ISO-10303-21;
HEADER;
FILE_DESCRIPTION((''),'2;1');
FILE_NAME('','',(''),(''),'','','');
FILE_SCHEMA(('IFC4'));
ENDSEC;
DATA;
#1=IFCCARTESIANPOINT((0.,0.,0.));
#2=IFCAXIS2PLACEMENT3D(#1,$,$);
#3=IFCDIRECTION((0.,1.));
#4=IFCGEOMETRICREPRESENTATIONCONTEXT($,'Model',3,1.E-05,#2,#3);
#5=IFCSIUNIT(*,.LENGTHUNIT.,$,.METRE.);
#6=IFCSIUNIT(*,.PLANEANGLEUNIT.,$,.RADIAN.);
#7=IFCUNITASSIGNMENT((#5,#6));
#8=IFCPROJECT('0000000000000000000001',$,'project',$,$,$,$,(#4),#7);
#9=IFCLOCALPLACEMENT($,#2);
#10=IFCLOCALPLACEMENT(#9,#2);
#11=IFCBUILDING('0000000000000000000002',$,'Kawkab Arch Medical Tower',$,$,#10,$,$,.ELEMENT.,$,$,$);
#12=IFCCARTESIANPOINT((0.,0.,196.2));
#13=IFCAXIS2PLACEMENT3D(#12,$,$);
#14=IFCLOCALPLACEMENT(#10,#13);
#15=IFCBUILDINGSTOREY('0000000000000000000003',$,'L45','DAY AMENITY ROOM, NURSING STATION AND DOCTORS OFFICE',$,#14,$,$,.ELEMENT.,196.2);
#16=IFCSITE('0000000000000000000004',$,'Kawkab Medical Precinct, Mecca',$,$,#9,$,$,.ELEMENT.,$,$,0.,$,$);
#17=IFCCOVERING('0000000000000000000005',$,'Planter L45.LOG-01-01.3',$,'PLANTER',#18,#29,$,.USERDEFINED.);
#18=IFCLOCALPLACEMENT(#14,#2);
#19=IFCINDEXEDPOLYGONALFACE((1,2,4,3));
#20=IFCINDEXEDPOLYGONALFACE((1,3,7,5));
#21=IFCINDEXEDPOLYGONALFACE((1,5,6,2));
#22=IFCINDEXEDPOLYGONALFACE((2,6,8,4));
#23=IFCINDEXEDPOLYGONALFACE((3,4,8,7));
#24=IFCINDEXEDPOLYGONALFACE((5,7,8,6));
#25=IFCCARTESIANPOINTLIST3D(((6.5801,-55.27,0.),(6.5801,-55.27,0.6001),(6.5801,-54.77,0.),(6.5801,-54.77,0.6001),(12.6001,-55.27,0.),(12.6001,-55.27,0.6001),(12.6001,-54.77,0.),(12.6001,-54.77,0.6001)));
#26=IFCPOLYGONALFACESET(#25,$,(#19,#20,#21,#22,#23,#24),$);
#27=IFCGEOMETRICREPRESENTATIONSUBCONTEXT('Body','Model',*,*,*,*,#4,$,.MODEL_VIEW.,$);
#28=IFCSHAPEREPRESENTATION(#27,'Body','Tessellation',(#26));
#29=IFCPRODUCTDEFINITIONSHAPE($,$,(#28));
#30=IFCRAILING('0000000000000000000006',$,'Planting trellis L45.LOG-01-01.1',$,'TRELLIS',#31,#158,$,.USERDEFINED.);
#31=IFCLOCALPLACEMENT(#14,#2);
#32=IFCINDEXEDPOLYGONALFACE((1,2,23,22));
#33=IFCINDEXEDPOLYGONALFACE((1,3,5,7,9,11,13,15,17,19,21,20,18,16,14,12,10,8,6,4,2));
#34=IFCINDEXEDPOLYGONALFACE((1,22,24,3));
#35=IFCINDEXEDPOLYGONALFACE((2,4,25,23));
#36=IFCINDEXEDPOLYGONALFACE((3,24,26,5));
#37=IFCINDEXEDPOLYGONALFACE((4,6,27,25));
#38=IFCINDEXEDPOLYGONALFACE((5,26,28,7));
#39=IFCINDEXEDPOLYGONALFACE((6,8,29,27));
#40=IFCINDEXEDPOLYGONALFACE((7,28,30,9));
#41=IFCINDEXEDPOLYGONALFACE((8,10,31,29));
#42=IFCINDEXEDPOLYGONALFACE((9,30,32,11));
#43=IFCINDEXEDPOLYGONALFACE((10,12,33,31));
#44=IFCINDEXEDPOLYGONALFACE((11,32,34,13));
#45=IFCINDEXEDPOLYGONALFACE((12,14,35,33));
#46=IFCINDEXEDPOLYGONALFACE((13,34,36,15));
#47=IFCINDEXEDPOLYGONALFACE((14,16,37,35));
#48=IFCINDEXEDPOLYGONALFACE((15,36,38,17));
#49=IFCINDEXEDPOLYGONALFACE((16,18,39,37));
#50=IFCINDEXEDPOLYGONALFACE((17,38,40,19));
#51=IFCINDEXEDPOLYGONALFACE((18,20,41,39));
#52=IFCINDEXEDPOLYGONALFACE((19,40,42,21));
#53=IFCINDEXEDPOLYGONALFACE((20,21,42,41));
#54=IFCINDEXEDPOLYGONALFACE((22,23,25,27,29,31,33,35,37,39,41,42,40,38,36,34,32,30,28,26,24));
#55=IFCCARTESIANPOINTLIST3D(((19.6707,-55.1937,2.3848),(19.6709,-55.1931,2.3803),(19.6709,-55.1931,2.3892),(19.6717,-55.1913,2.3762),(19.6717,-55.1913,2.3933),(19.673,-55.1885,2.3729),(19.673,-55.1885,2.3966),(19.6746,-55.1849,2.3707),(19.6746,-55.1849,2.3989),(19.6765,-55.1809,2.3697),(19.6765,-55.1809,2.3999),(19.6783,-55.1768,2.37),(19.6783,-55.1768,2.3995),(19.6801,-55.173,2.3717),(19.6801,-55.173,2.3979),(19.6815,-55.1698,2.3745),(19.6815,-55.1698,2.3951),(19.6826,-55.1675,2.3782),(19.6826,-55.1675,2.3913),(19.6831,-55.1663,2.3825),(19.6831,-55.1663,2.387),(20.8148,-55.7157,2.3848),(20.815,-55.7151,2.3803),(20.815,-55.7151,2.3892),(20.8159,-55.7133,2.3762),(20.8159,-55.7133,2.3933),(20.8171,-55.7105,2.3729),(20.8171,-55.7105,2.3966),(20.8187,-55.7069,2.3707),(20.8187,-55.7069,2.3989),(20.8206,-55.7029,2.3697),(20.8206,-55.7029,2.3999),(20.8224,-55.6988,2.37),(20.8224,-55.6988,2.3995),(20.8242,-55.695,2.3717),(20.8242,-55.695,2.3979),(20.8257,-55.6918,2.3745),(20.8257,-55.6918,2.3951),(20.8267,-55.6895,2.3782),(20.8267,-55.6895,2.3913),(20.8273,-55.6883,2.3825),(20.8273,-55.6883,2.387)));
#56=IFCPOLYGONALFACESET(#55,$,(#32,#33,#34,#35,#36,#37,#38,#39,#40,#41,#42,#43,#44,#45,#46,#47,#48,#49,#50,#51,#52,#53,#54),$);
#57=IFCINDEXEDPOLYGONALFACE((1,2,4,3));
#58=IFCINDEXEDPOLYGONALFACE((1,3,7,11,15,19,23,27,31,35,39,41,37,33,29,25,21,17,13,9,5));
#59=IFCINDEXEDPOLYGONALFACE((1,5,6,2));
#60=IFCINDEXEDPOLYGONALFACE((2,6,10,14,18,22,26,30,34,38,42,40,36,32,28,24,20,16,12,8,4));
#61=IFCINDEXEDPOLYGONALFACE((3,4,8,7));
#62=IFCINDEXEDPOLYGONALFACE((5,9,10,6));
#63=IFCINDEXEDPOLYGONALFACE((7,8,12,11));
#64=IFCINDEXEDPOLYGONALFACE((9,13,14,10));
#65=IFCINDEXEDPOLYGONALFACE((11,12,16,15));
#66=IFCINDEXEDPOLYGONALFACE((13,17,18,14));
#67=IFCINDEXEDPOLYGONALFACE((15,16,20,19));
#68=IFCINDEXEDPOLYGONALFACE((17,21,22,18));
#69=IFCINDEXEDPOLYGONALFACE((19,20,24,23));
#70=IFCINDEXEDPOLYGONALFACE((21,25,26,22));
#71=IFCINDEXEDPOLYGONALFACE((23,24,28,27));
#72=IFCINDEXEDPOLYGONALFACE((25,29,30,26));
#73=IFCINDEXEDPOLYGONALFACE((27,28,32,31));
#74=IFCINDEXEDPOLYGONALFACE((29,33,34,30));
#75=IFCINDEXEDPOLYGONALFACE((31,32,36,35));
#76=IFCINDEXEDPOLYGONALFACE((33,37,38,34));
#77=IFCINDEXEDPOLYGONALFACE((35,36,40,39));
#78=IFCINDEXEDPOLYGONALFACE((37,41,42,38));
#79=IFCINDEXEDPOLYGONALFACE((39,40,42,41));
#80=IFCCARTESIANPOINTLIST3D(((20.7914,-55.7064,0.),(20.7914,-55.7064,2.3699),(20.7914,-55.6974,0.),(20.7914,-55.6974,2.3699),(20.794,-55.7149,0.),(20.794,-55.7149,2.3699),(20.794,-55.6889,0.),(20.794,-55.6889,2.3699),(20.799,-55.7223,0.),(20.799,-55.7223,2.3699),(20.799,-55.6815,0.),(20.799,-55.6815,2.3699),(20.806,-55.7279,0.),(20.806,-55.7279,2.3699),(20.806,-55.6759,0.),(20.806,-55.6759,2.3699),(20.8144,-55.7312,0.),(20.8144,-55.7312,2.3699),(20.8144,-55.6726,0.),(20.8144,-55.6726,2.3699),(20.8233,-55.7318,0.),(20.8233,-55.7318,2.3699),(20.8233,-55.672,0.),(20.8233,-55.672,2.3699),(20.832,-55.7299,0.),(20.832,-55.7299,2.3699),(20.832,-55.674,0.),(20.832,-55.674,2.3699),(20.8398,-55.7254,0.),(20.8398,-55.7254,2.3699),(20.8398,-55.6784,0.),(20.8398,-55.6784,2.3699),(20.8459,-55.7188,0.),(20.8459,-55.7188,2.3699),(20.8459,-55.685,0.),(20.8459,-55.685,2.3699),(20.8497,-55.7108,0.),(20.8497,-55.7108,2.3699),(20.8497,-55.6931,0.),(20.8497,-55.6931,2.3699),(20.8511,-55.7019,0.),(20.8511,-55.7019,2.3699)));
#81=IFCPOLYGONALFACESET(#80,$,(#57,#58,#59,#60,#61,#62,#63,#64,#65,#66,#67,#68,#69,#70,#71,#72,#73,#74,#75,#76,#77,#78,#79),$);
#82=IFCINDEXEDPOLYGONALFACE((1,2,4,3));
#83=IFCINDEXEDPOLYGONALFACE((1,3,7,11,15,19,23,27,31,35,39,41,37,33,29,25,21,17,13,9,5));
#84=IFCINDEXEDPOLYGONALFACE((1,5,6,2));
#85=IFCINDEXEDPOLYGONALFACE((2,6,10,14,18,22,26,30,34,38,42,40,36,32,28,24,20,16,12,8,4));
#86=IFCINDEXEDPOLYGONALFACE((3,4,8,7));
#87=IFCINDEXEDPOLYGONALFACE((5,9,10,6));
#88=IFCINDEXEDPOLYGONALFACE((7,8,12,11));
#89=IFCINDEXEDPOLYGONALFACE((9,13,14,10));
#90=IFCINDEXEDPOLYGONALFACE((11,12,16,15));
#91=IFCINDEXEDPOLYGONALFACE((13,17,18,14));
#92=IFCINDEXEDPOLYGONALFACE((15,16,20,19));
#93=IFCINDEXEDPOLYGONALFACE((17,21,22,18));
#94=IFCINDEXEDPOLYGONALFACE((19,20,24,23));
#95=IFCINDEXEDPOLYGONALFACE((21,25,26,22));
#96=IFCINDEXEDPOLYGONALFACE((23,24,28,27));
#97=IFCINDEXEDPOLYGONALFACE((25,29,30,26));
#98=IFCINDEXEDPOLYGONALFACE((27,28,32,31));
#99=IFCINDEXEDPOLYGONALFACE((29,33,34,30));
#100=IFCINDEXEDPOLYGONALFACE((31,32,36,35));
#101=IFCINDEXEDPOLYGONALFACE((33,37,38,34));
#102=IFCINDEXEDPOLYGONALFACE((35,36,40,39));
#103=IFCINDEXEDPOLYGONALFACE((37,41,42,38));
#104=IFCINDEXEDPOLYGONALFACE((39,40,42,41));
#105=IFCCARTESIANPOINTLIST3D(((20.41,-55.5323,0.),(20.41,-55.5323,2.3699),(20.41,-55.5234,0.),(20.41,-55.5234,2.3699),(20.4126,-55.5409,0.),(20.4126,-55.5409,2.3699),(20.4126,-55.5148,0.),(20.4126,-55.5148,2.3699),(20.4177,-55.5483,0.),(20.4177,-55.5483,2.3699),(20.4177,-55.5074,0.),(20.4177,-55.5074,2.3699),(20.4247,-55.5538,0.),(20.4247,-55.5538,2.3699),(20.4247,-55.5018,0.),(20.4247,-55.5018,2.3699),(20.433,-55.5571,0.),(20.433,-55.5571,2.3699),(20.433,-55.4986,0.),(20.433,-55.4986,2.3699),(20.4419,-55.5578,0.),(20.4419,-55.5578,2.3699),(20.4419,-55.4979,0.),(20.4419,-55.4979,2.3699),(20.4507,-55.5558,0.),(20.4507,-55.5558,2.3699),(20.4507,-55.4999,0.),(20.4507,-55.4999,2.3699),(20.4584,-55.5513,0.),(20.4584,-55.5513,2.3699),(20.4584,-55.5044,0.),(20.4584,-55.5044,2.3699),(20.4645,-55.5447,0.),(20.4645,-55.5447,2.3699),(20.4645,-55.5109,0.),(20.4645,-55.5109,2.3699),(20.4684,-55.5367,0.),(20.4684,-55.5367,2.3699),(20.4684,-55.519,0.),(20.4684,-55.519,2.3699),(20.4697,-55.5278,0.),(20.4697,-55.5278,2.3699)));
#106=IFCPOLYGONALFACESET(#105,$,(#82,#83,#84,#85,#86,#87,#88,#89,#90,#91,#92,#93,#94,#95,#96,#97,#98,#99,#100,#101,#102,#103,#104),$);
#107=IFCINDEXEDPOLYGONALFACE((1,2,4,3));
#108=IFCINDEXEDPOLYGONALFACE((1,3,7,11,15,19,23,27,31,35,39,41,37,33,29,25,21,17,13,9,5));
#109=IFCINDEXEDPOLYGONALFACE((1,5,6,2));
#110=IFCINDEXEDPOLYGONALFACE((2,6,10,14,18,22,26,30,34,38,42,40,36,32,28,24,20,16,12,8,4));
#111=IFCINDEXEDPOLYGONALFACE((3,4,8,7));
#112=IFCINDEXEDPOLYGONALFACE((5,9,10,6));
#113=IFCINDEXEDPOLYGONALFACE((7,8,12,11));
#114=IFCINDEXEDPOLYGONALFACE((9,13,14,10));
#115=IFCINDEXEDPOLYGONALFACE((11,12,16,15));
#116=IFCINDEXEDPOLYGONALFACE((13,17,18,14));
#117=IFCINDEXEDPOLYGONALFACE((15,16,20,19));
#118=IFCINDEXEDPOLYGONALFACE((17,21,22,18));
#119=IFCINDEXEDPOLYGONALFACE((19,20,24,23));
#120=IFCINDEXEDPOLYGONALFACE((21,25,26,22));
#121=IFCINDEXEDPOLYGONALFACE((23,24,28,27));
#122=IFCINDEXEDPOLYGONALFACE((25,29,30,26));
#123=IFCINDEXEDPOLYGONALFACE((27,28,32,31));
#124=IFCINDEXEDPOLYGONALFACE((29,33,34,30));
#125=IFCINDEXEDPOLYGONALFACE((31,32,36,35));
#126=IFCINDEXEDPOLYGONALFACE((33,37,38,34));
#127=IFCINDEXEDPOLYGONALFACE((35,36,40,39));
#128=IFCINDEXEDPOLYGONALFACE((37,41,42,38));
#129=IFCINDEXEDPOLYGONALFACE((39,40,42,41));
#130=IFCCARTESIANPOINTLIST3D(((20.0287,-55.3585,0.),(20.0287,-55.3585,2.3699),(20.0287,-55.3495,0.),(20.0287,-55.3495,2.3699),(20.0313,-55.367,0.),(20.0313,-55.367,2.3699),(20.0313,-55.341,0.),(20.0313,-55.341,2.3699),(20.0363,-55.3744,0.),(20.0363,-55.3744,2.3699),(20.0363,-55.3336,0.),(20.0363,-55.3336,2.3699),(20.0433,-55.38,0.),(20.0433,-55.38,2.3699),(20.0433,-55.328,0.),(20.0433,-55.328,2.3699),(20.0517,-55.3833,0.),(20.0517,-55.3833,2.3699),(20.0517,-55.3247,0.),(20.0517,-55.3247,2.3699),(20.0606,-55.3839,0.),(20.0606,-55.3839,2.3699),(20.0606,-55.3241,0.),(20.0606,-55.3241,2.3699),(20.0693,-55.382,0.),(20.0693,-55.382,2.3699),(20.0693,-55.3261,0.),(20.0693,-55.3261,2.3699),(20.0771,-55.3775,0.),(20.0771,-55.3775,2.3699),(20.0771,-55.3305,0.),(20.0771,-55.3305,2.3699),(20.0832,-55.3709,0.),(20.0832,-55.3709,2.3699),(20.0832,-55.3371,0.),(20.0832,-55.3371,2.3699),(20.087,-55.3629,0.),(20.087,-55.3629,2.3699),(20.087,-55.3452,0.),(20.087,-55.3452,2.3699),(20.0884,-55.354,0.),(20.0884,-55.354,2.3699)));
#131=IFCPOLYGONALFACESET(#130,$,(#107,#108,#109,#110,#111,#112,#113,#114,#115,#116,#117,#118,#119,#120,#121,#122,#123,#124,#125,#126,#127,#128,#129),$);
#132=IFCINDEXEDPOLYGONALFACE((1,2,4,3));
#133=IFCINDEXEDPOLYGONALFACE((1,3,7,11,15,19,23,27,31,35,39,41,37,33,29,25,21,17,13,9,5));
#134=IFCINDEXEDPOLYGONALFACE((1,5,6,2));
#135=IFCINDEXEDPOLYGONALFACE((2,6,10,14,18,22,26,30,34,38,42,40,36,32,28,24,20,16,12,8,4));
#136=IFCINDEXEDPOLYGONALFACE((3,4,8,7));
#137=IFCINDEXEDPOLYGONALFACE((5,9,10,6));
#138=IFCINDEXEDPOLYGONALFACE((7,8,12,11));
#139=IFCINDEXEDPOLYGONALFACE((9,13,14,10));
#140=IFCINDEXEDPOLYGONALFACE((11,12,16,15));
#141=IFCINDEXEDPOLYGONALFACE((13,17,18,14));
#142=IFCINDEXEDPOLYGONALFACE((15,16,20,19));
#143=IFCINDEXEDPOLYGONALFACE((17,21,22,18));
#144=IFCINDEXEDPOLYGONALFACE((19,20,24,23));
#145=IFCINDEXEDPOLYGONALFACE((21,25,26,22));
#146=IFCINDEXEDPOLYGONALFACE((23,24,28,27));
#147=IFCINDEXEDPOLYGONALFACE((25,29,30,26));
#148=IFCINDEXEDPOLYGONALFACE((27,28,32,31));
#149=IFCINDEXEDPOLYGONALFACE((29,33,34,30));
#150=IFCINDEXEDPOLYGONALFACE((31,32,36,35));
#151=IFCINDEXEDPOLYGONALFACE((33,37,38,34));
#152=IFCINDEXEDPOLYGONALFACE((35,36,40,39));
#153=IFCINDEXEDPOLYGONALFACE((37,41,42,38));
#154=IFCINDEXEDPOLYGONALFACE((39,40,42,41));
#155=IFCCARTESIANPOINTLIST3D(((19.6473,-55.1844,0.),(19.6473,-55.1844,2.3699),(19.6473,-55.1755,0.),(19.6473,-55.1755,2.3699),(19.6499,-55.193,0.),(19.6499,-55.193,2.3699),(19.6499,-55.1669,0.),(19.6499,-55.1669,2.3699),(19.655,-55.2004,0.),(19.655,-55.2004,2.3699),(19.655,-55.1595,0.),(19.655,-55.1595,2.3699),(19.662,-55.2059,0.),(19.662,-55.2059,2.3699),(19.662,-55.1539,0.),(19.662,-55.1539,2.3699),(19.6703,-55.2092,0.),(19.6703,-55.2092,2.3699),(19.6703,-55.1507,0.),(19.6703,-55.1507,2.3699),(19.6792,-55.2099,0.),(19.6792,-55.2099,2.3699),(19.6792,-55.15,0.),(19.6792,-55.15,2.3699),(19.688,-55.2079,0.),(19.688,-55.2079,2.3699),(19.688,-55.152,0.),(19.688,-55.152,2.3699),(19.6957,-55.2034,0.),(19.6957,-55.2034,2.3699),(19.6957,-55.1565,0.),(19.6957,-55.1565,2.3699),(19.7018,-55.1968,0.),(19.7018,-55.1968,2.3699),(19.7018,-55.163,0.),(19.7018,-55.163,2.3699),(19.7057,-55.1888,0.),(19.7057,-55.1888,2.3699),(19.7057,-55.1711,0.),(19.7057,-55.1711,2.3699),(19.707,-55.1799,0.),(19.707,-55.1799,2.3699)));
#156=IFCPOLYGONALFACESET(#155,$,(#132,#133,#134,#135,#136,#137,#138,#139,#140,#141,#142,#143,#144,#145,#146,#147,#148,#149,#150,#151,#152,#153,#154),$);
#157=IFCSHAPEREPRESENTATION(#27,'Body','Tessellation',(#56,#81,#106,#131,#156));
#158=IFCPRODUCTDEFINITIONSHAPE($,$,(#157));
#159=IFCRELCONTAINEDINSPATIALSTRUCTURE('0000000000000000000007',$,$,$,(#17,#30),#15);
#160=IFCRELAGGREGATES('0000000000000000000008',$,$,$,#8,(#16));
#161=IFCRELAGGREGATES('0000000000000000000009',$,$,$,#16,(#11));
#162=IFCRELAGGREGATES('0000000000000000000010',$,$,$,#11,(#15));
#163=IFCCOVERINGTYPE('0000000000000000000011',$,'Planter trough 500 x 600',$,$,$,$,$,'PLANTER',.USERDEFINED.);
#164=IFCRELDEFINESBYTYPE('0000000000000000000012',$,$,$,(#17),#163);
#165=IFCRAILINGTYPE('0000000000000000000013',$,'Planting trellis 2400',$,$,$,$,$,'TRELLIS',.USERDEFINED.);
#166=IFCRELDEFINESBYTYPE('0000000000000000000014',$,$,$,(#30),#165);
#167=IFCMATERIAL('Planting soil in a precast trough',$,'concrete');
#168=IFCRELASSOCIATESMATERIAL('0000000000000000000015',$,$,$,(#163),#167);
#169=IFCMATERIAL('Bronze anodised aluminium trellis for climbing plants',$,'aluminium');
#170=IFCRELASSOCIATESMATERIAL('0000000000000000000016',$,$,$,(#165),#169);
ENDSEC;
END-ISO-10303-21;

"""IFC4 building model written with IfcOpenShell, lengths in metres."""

from ifc_helpers import new_model, si_unit, direction, frame, origin, origin_2d, place, context, subcontext, project, spatial, rectangle, circle, extrude, material, material_profile, profile_set, type_object, element, save


model = new_model("IFC4")

# Units and contexts
model_context = context("Model", 3, precision=1e-05, world=origin(), true_north=direction((0.0, 1.0)))
body_context = subcontext(model_context, "Body", "Model", "MODEL_VIEW")
ifc_project = project(units=[si_unit("LENGTHUNIT", "METRE"), si_unit("PLANEANGLEUNIT", "RADIAN")], contexts=[model_context])

# Site, building, storey
site_placement = place(None, origin())
site = spatial("IfcSite", under=ifc_project, at=site_placement, Name="Kawkab Medical Precinct, Mecca", CompositionType="ELEMENT", RefElevation=0.0)
building_placement = place(site_placement, origin())
building = spatial("IfcBuilding", under=site, at=building_placement, Name="Kawkab Arch Medical Tower", CompositionType="ELEMENT")
storey_placement = place(building_placement, frame((0.0, 0.0, 196.2)))
storey = spatial("IfcBuildingStorey", under=building, at=storey_placement, Name="L45", Description="DAY AMENITY ROOM, NURSING STATION AND DOCTORS OFFICE", CompositionType="ELEMENT", Elevation=196.2)

# Covering
ifc_material_1 = material(Name="Planting soil in a precast trough", Category="concrete")
ifc_material_profile_1 = material_profile(ifc_material_1, rectangle(XDim=0.5, YDim=0.6001, at=origin_2d()), Name="Trough 500x600")
ifc_profile_set_1 = profile_set([ifc_material_profile_1], Name="Planting soil in a precast trough")
covering_type_1 = type_object("IfcCoveringType", Name="Planter trough 500 x 600", ElementType="PLANTER", PredefinedType="USERDEFINED", material=ifc_profile_set_1)
for number, where, z_axis, x_axis, name in (
    (1, (12.6001, -55.02, 0.3), (-1.0, 0.0, 0.0), (0.0, -1.0, 0.0), "Planter L45.LOG-01-01.3"),
):
    element("IfcCovering", number, at=place(storey_placement, frame(where, z_axis=z_axis, x_axis=x_axis)), inside=storey, type_object=covering_type_1, Name=name, ObjectType="PLANTER", PredefinedType="USERDEFINED", context=body_context, shape_type="SweptSolid", body=[
        extrude(rectangle(XDim=0.5, YDim=0.6001, at=origin_2d()), origin(), (0.0, 0.0, 1.0), 6.02),
    ])

# Railing
ifc_material_2 = material(Name="Bronze anodised aluminium trellis for climbing plants", Category="aluminium")
railing_type_1 = type_object("IfcRailingType", Name="Planting trellis 2400", ElementType="TRELLIS", PredefinedType="USERDEFINED", material=ifc_material_2)
railing_1_placement = place(storey_placement, frame((20.821, -55.7019, 0.0)))
element("IfcRailing", 2, at=railing_1_placement, inside=storey, type_object=railing_type_1, Name="Planting trellis L45.LOG-01-01.1", ObjectType="TRELLIS", PredefinedType="USERDEFINED", context=body_context, shape_type="SweptSolid", body=[
    extrude(circle(Radius=0.0151, at=origin_2d()), frame((0.0, 0.0, 2.3848), z_axis=(-0.90978, 0.41509, 0.0), x_axis=(-0.41509, -0.90978, 0.0)), (0.0, 0.0, 1.0), 1.2576),
    extrude(circle(Radius=0.03, at=origin_2d()), origin(), (0.0, 0.0, 1.0), 2.3699),
    extrude(circle(Radius=0.03, at=origin_2d()), frame((-0.3813, 0.1741, 0.0)), (0.0, 0.0, 1.0), 2.3699),
    extrude(circle(Radius=0.03, at=origin_2d()), frame((-0.7627, 0.3479, 0.0)), (0.0, 0.0, 1.0), 2.3699),
    extrude(circle(Radius=0.03, at=origin_2d()), frame((-1.144, 0.522, 0.0)), (0.0, 0.0, 1.0), 2.3699),
])

save(model, "model.ifc")
